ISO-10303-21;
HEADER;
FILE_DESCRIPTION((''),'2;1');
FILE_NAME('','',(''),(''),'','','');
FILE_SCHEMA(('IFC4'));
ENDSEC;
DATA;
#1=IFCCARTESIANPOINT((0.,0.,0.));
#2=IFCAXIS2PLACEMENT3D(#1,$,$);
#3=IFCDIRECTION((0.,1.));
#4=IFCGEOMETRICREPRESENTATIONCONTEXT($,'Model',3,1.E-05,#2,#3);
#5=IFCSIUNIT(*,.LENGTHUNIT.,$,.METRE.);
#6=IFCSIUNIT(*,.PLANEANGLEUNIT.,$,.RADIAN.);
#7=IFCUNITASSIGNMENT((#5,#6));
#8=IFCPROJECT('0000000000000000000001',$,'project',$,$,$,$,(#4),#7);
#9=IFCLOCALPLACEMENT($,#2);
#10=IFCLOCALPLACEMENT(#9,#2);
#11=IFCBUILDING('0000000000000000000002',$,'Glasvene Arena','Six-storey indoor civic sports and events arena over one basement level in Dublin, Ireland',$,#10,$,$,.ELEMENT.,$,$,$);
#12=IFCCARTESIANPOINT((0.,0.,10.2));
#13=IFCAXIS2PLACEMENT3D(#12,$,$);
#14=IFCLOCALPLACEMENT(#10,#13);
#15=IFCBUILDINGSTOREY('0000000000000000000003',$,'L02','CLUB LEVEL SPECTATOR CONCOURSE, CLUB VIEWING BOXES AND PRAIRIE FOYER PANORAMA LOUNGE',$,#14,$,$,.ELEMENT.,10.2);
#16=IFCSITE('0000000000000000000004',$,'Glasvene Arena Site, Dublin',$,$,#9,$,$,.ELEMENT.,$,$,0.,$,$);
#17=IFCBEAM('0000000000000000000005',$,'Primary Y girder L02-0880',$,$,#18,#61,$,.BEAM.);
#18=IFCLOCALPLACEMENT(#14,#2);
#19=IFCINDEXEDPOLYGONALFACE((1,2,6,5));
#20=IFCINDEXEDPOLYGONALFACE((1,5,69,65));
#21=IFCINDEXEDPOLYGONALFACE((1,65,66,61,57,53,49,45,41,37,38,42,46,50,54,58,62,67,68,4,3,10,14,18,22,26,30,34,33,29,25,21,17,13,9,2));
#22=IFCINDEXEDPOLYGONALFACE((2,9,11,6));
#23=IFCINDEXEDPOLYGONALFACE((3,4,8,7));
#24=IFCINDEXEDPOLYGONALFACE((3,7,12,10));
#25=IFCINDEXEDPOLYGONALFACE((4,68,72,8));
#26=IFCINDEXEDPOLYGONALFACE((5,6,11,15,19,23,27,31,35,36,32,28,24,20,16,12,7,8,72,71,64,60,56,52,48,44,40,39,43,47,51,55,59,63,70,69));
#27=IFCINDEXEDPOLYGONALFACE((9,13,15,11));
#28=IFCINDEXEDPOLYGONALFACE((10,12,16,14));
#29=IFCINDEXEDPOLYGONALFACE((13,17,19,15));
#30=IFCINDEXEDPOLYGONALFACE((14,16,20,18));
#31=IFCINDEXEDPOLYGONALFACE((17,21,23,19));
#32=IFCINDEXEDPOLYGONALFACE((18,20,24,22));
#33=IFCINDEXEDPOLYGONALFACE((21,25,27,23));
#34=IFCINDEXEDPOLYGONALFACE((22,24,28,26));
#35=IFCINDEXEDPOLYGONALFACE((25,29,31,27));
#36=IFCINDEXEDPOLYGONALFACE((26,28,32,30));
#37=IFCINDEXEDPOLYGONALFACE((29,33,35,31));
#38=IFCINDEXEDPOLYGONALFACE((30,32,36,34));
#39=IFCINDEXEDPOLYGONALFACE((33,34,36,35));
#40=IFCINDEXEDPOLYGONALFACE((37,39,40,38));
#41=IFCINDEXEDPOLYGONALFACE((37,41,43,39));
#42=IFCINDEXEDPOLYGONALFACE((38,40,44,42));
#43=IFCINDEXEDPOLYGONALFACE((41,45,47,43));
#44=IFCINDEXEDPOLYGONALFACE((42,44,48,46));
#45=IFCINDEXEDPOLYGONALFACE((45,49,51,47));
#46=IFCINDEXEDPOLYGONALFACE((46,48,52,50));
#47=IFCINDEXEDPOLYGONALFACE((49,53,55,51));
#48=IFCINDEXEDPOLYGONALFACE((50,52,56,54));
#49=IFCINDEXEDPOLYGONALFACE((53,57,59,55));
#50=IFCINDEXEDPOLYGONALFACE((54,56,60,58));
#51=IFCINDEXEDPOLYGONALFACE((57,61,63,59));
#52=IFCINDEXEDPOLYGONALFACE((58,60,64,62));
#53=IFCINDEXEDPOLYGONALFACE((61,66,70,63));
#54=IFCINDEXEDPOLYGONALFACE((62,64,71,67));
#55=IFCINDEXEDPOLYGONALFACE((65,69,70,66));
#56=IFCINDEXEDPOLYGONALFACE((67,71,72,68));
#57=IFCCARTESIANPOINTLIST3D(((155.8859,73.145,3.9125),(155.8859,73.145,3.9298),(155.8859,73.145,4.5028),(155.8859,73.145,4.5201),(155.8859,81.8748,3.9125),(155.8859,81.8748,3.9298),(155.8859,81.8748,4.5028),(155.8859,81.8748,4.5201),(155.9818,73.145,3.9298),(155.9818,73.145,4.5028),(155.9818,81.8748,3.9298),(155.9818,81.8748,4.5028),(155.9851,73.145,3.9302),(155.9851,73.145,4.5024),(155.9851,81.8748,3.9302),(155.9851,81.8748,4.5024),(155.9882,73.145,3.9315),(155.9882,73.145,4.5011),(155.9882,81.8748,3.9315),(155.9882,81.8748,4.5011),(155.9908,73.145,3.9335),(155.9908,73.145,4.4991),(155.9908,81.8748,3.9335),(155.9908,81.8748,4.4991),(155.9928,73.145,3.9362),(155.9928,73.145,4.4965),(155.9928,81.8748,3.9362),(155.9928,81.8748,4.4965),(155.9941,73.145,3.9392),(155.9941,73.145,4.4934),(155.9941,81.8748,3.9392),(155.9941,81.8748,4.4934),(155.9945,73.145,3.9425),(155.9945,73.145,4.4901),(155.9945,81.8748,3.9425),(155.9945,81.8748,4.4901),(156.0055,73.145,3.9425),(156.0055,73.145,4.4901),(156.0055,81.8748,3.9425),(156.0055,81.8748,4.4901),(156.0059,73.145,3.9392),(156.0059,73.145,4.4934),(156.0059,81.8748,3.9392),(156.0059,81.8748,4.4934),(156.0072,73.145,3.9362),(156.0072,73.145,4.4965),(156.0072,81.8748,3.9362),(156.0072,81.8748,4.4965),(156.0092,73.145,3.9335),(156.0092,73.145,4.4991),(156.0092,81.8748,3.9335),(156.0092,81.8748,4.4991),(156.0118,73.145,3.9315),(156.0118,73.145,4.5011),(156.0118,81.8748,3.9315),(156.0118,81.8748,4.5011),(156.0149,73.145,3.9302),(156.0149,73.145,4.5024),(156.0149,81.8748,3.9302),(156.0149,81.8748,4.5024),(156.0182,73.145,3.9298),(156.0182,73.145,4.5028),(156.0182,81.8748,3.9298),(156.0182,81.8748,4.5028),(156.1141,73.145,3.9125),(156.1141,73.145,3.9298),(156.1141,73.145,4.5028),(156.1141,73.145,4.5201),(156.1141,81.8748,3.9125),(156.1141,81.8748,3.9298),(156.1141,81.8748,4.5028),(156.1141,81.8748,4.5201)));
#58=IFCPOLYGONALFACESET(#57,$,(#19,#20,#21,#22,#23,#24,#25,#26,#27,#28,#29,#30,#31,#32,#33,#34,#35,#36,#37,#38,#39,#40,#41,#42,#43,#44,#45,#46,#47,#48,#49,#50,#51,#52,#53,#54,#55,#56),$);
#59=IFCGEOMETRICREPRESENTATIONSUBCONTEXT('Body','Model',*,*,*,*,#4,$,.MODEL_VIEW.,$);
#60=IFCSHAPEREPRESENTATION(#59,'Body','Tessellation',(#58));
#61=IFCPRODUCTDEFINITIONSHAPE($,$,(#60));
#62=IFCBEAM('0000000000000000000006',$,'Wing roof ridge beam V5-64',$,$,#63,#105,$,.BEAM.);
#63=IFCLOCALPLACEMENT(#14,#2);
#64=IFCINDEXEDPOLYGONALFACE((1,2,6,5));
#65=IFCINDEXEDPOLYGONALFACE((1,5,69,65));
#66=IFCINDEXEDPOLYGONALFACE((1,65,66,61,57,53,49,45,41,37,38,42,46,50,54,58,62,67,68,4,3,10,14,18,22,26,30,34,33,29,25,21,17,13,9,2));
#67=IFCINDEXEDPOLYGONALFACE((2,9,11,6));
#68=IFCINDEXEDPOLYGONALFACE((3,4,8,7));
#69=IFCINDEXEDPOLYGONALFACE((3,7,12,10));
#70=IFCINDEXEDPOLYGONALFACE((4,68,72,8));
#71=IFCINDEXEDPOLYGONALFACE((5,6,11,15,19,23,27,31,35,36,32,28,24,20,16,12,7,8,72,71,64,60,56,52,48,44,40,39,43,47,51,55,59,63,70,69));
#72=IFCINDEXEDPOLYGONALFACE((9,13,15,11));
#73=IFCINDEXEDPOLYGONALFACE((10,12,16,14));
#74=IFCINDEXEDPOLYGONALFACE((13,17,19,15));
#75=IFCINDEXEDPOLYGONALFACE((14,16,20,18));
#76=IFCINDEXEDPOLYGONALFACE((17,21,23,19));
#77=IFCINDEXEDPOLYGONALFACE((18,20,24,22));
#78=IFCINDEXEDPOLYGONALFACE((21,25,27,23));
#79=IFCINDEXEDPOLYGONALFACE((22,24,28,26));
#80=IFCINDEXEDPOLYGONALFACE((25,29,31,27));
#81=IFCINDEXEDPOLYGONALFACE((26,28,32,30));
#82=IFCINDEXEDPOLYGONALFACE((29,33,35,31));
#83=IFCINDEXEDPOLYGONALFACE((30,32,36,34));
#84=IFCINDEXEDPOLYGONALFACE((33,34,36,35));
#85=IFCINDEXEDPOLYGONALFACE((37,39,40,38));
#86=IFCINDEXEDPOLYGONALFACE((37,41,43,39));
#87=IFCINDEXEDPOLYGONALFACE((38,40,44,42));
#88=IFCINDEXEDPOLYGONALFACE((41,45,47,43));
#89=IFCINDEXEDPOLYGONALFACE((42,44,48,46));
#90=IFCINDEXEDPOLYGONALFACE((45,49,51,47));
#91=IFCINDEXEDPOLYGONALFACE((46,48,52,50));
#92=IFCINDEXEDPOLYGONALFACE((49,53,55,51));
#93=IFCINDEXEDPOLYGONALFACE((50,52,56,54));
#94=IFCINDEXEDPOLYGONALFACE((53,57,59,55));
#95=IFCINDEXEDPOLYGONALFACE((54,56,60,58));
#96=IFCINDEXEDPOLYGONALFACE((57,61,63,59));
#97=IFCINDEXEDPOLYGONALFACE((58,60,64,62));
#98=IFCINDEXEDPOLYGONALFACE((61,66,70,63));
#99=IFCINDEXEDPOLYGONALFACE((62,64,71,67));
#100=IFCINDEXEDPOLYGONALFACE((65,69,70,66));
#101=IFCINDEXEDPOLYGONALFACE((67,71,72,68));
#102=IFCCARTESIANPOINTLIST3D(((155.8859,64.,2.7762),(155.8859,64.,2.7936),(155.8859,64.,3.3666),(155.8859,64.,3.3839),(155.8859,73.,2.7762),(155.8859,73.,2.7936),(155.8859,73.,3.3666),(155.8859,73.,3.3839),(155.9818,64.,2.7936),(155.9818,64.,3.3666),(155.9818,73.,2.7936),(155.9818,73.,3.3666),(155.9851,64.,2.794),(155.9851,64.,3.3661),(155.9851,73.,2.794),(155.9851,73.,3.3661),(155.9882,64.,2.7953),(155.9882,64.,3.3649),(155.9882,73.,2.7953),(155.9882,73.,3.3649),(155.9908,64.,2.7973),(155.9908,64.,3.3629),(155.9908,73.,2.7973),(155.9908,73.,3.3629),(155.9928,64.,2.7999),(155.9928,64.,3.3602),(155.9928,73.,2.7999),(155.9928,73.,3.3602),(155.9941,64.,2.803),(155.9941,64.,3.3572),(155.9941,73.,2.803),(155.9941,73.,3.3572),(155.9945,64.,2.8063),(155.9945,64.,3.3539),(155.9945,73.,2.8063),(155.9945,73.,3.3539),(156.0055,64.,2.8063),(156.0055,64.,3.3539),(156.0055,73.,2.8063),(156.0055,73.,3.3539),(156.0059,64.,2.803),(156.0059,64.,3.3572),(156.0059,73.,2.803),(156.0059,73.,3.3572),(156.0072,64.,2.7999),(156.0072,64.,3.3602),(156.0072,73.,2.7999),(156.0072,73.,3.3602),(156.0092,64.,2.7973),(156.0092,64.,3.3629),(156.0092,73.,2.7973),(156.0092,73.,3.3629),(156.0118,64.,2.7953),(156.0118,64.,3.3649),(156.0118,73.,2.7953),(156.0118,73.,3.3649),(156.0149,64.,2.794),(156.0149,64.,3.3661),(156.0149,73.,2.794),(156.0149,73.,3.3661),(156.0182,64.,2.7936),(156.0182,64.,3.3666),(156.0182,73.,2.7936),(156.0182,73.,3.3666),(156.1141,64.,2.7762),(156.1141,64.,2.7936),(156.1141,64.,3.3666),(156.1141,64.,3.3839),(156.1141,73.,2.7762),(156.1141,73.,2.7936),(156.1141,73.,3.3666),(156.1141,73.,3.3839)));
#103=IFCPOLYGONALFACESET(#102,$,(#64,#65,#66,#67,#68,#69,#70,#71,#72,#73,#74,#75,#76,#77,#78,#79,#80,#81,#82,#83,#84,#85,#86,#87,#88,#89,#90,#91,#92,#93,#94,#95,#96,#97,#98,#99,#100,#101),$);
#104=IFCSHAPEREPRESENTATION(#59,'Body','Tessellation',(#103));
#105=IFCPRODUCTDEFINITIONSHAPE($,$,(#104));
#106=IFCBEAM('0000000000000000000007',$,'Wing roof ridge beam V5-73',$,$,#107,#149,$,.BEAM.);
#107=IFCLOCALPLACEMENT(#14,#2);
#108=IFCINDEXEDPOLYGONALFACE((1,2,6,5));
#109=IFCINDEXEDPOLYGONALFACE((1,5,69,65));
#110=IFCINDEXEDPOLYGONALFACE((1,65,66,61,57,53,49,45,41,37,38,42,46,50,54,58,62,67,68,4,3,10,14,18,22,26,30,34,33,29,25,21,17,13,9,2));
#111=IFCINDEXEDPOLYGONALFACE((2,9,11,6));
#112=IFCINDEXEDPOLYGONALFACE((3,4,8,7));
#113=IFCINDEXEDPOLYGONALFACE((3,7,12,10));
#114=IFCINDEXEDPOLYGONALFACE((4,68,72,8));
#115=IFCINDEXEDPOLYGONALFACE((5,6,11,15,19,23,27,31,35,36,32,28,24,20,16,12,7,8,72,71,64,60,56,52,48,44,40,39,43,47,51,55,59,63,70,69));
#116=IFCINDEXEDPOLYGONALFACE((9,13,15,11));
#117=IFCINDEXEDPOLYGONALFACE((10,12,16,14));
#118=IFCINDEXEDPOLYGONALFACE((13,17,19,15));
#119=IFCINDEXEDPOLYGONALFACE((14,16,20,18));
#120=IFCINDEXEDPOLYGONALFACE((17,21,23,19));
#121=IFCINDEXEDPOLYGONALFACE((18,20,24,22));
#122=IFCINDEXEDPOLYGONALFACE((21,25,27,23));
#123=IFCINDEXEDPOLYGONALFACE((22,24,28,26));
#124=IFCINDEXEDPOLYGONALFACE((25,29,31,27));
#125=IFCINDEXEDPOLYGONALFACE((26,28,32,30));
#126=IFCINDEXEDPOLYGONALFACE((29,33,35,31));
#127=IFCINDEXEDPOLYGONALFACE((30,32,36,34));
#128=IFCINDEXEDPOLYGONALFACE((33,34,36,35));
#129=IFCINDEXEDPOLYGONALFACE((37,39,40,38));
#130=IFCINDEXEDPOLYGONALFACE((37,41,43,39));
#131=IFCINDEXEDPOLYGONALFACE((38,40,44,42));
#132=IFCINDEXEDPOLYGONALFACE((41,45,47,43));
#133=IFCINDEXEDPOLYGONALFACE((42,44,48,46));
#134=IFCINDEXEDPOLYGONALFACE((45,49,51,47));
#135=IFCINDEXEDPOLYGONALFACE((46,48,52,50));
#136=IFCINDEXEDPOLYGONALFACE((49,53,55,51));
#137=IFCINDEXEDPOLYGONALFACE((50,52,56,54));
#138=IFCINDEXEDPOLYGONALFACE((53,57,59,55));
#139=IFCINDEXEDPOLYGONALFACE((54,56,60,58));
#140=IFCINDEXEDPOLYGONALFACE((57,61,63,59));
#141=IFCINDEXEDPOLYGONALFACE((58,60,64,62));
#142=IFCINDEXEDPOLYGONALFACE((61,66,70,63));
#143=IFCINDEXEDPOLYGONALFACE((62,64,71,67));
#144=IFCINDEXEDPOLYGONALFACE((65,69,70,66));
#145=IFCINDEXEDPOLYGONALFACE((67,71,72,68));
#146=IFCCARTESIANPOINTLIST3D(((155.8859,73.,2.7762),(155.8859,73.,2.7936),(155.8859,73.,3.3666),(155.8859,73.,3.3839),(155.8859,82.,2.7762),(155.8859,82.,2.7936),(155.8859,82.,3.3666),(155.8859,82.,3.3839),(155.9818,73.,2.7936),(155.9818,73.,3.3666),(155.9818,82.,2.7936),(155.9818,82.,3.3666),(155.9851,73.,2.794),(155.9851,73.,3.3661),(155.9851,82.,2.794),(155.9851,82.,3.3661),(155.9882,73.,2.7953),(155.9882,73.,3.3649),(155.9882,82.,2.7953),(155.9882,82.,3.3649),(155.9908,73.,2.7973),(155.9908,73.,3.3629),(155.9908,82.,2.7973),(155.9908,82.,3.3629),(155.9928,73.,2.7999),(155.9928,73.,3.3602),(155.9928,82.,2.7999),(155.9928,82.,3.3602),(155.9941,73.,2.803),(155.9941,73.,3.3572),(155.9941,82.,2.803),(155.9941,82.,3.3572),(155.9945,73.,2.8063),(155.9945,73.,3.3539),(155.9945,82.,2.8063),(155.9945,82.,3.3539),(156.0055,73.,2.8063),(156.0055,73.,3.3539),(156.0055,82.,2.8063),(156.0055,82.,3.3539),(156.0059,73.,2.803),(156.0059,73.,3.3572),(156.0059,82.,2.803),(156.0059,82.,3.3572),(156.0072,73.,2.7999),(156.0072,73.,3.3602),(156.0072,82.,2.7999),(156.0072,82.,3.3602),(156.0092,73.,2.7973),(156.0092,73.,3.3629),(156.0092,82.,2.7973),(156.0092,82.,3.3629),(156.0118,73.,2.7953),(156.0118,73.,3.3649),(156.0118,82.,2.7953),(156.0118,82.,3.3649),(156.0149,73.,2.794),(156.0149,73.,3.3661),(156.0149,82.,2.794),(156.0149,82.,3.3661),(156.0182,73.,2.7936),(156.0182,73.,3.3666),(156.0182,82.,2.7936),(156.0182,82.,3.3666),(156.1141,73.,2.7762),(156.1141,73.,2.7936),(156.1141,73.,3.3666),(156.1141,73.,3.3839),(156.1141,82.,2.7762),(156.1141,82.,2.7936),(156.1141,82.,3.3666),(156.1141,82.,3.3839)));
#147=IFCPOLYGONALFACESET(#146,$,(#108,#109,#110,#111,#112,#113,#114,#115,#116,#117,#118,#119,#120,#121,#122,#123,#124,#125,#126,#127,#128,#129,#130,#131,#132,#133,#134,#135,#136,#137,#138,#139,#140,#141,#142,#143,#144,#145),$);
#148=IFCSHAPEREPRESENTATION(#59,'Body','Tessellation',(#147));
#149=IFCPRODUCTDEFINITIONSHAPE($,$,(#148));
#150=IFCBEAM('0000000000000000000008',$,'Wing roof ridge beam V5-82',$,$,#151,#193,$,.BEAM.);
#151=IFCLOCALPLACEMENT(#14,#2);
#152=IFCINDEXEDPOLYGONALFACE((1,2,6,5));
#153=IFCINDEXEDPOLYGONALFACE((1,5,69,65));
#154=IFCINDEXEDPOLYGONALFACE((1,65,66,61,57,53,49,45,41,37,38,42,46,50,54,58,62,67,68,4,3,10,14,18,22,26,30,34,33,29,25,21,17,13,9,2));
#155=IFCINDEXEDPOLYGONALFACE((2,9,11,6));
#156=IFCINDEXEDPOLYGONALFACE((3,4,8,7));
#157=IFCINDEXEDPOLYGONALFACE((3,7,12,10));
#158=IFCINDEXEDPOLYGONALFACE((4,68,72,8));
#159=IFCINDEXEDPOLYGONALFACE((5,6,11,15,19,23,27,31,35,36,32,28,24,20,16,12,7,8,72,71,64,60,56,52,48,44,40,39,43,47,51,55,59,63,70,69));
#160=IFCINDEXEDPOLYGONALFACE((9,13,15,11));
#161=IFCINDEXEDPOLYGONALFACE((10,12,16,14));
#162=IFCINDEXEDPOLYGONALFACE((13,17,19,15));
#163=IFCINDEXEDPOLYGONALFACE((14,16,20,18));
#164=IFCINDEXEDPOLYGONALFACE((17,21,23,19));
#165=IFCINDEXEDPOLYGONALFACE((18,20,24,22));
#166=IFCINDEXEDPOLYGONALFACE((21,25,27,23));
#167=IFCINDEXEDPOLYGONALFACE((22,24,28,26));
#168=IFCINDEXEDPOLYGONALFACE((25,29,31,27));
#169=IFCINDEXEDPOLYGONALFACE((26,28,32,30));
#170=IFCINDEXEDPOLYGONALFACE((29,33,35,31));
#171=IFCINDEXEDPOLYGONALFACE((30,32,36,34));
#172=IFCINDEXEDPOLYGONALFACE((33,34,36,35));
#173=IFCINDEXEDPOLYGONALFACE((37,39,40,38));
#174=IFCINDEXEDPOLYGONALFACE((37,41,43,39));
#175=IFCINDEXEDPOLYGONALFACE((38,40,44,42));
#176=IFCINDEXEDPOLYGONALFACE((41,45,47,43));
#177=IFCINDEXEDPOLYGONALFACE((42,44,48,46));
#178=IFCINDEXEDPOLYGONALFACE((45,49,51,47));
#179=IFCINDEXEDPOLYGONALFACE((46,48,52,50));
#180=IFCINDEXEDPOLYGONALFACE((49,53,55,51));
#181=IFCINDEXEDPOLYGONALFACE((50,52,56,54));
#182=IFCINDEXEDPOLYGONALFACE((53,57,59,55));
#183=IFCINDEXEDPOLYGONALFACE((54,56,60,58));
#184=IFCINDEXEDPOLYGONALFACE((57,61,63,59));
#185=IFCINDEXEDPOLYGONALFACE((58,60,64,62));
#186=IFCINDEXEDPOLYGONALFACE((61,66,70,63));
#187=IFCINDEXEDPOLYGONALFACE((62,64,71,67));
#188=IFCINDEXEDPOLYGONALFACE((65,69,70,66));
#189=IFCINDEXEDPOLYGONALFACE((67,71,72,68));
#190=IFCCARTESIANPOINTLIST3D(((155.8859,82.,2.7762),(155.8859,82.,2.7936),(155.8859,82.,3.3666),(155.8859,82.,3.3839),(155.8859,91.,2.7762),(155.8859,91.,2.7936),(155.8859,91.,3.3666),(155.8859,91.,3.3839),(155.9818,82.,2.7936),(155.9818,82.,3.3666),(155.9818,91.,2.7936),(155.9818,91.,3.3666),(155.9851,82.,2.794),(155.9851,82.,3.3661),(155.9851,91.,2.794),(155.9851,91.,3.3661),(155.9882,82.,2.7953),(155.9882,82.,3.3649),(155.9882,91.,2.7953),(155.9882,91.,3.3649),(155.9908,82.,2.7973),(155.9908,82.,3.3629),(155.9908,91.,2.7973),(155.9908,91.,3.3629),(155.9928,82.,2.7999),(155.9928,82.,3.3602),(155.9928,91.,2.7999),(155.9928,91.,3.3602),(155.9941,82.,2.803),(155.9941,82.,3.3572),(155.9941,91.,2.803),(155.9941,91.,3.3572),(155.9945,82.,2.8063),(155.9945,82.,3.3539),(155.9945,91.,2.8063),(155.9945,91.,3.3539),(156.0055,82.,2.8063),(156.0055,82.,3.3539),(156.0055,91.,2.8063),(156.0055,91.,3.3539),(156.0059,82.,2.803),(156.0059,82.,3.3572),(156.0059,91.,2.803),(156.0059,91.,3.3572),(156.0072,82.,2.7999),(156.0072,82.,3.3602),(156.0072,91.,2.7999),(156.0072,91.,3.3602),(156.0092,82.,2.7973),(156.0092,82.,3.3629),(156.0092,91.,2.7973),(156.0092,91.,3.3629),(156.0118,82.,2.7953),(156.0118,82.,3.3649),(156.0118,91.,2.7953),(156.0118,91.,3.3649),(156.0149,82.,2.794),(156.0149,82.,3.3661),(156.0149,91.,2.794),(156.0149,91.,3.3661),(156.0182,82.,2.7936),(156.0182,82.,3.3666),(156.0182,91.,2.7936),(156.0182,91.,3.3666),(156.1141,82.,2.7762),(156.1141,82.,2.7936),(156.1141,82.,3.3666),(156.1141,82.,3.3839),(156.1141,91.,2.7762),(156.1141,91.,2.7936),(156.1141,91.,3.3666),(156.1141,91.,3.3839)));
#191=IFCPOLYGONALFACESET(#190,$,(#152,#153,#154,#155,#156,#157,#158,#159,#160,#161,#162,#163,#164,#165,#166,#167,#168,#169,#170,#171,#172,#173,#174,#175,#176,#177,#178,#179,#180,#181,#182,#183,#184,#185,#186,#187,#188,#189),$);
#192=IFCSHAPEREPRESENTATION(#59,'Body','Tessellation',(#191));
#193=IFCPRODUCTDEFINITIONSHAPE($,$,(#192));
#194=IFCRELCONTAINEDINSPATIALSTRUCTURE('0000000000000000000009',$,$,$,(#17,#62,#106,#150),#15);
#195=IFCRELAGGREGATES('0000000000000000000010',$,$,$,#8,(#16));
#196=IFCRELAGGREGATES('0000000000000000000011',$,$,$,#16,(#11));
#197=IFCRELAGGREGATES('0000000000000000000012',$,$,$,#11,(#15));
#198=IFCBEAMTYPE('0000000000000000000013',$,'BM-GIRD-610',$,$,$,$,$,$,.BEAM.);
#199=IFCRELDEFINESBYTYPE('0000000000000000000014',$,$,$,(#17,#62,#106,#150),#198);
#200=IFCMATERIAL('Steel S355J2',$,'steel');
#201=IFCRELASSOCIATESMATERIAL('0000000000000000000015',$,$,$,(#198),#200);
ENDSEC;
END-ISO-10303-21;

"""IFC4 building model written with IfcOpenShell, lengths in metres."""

from ifc_helpers import new_model, si_unit, direction, frame, origin, origin_2d, place, context, subcontext, project, spatial, i_section, extrude, material, material_profile, profile_set, type_object, element, save


model = new_model("IFC4")

# Units and contexts
model_context = context("Model", 3, precision=1e-05, world=origin(), true_north=direction((0.0, 1.0)))
body_context = subcontext(model_context, "Body", "Model", "MODEL_VIEW")
ifc_project = project(units=[si_unit("LENGTHUNIT", "METRE"), si_unit("PLANEANGLEUNIT", "RADIAN")], contexts=[model_context])

# Site, building, storey
site_placement = place(None, origin())
site = spatial("IfcSite", under=ifc_project, at=site_placement, Name="Glasvene Arena Site, Dublin", CompositionType="ELEMENT", RefElevation=0.0)
building_placement = place(site_placement, origin())
building = spatial("IfcBuilding", under=site, at=building_placement, Name="Glasvene Arena", Description="Six-storey indoor civic sports and events arena over one basement level in Dublin, Ireland", CompositionType="ELEMENT")
storey_placement = place(building_placement, frame((0.0, 0.0, 10.2)))
storey = spatial("IfcBuildingStorey", under=building, at=storey_placement, Name="L02", Description="CLUB LEVEL SPECTATOR CONCOURSE, CLUB VIEWING BOXES AND PRAIRIE FOYER PANORAMA LOUNGE", CompositionType="ELEMENT", Elevation=10.2)

# Shared definitions
ifc_material_1 = material(Name="Steel S355J2", Category="steel")

# Beams
ifc_material_profile_1 = material_profile(ifc_material_1, i_section(OverallWidth=0.2283, OverallDepth=0.6077, WebThickness=0.011, FlangeThickness=0.0173, FilletRadius=0.0127, at=origin_2d()), Name="UKB 610x229x113")
ifc_profile_set_1 = profile_set([ifc_material_profile_1], Name="Steel S355J2")
beam_type_1 = type_object("IfcBeamType", Name="BM-GIRD-610", PredefinedType="BEAM", material=ifc_profile_set_1)
for number, where, z_axis, x_axis, name in (
    (1, (156.0, 73.145, 4.2163), (0.0, 1.0, 0.0), (-1.0, 0.0, 0.0), "Primary Y girder L02-0880"),
):
    element("IfcBeam", number, at=place(storey_placement, frame(where, z_axis=z_axis, x_axis=x_axis)), inside=storey, type_object=beam_type_1, Name=name, PredefinedType="BEAM", context=body_context, shape_type="SweptSolid", body=[
        extrude(i_section(OverallWidth=0.2283, OverallDepth=0.6077, WebThickness=0.011, FlangeThickness=0.0173, FilletRadius=0.0127, at=origin_2d()), origin(), (0.0, 0.0, 1.0), 8.7297),
    ])
for number, where, z_axis, x_axis, name in (
    (2, (156.0, 64.0, 3.0801), (0.0, 1.0, 0.0), (-1.0, 0.0, 0.0), "Wing roof ridge beam V5-64"),
    (3, (156.0, 73.0, 3.0801), (0.0, 1.0, 0.0), (-1.0, 0.0, 0.0), "Wing roof ridge beam V5-73"),
    (4, (156.0, 82.0, 3.0801), (0.0, 1.0, 0.0), (-1.0, 0.0, 0.0), "Wing roof ridge beam V5-82"),
):
    element("IfcBeam", number, at=place(storey_placement, frame(where, z_axis=z_axis, x_axis=x_axis)), inside=storey, type_object=beam_type_1, Name=name, PredefinedType="BEAM", context=body_context, shape_type="SweptSolid", body=[
        extrude(i_section(OverallWidth=0.2283, OverallDepth=0.6077, WebThickness=0.011, FlangeThickness=0.0173, FilletRadius=0.0127, at=origin_2d()), origin(), (0.0, 0.0, 1.0), 9.0),
    ])

save(model, "model.ifc")
